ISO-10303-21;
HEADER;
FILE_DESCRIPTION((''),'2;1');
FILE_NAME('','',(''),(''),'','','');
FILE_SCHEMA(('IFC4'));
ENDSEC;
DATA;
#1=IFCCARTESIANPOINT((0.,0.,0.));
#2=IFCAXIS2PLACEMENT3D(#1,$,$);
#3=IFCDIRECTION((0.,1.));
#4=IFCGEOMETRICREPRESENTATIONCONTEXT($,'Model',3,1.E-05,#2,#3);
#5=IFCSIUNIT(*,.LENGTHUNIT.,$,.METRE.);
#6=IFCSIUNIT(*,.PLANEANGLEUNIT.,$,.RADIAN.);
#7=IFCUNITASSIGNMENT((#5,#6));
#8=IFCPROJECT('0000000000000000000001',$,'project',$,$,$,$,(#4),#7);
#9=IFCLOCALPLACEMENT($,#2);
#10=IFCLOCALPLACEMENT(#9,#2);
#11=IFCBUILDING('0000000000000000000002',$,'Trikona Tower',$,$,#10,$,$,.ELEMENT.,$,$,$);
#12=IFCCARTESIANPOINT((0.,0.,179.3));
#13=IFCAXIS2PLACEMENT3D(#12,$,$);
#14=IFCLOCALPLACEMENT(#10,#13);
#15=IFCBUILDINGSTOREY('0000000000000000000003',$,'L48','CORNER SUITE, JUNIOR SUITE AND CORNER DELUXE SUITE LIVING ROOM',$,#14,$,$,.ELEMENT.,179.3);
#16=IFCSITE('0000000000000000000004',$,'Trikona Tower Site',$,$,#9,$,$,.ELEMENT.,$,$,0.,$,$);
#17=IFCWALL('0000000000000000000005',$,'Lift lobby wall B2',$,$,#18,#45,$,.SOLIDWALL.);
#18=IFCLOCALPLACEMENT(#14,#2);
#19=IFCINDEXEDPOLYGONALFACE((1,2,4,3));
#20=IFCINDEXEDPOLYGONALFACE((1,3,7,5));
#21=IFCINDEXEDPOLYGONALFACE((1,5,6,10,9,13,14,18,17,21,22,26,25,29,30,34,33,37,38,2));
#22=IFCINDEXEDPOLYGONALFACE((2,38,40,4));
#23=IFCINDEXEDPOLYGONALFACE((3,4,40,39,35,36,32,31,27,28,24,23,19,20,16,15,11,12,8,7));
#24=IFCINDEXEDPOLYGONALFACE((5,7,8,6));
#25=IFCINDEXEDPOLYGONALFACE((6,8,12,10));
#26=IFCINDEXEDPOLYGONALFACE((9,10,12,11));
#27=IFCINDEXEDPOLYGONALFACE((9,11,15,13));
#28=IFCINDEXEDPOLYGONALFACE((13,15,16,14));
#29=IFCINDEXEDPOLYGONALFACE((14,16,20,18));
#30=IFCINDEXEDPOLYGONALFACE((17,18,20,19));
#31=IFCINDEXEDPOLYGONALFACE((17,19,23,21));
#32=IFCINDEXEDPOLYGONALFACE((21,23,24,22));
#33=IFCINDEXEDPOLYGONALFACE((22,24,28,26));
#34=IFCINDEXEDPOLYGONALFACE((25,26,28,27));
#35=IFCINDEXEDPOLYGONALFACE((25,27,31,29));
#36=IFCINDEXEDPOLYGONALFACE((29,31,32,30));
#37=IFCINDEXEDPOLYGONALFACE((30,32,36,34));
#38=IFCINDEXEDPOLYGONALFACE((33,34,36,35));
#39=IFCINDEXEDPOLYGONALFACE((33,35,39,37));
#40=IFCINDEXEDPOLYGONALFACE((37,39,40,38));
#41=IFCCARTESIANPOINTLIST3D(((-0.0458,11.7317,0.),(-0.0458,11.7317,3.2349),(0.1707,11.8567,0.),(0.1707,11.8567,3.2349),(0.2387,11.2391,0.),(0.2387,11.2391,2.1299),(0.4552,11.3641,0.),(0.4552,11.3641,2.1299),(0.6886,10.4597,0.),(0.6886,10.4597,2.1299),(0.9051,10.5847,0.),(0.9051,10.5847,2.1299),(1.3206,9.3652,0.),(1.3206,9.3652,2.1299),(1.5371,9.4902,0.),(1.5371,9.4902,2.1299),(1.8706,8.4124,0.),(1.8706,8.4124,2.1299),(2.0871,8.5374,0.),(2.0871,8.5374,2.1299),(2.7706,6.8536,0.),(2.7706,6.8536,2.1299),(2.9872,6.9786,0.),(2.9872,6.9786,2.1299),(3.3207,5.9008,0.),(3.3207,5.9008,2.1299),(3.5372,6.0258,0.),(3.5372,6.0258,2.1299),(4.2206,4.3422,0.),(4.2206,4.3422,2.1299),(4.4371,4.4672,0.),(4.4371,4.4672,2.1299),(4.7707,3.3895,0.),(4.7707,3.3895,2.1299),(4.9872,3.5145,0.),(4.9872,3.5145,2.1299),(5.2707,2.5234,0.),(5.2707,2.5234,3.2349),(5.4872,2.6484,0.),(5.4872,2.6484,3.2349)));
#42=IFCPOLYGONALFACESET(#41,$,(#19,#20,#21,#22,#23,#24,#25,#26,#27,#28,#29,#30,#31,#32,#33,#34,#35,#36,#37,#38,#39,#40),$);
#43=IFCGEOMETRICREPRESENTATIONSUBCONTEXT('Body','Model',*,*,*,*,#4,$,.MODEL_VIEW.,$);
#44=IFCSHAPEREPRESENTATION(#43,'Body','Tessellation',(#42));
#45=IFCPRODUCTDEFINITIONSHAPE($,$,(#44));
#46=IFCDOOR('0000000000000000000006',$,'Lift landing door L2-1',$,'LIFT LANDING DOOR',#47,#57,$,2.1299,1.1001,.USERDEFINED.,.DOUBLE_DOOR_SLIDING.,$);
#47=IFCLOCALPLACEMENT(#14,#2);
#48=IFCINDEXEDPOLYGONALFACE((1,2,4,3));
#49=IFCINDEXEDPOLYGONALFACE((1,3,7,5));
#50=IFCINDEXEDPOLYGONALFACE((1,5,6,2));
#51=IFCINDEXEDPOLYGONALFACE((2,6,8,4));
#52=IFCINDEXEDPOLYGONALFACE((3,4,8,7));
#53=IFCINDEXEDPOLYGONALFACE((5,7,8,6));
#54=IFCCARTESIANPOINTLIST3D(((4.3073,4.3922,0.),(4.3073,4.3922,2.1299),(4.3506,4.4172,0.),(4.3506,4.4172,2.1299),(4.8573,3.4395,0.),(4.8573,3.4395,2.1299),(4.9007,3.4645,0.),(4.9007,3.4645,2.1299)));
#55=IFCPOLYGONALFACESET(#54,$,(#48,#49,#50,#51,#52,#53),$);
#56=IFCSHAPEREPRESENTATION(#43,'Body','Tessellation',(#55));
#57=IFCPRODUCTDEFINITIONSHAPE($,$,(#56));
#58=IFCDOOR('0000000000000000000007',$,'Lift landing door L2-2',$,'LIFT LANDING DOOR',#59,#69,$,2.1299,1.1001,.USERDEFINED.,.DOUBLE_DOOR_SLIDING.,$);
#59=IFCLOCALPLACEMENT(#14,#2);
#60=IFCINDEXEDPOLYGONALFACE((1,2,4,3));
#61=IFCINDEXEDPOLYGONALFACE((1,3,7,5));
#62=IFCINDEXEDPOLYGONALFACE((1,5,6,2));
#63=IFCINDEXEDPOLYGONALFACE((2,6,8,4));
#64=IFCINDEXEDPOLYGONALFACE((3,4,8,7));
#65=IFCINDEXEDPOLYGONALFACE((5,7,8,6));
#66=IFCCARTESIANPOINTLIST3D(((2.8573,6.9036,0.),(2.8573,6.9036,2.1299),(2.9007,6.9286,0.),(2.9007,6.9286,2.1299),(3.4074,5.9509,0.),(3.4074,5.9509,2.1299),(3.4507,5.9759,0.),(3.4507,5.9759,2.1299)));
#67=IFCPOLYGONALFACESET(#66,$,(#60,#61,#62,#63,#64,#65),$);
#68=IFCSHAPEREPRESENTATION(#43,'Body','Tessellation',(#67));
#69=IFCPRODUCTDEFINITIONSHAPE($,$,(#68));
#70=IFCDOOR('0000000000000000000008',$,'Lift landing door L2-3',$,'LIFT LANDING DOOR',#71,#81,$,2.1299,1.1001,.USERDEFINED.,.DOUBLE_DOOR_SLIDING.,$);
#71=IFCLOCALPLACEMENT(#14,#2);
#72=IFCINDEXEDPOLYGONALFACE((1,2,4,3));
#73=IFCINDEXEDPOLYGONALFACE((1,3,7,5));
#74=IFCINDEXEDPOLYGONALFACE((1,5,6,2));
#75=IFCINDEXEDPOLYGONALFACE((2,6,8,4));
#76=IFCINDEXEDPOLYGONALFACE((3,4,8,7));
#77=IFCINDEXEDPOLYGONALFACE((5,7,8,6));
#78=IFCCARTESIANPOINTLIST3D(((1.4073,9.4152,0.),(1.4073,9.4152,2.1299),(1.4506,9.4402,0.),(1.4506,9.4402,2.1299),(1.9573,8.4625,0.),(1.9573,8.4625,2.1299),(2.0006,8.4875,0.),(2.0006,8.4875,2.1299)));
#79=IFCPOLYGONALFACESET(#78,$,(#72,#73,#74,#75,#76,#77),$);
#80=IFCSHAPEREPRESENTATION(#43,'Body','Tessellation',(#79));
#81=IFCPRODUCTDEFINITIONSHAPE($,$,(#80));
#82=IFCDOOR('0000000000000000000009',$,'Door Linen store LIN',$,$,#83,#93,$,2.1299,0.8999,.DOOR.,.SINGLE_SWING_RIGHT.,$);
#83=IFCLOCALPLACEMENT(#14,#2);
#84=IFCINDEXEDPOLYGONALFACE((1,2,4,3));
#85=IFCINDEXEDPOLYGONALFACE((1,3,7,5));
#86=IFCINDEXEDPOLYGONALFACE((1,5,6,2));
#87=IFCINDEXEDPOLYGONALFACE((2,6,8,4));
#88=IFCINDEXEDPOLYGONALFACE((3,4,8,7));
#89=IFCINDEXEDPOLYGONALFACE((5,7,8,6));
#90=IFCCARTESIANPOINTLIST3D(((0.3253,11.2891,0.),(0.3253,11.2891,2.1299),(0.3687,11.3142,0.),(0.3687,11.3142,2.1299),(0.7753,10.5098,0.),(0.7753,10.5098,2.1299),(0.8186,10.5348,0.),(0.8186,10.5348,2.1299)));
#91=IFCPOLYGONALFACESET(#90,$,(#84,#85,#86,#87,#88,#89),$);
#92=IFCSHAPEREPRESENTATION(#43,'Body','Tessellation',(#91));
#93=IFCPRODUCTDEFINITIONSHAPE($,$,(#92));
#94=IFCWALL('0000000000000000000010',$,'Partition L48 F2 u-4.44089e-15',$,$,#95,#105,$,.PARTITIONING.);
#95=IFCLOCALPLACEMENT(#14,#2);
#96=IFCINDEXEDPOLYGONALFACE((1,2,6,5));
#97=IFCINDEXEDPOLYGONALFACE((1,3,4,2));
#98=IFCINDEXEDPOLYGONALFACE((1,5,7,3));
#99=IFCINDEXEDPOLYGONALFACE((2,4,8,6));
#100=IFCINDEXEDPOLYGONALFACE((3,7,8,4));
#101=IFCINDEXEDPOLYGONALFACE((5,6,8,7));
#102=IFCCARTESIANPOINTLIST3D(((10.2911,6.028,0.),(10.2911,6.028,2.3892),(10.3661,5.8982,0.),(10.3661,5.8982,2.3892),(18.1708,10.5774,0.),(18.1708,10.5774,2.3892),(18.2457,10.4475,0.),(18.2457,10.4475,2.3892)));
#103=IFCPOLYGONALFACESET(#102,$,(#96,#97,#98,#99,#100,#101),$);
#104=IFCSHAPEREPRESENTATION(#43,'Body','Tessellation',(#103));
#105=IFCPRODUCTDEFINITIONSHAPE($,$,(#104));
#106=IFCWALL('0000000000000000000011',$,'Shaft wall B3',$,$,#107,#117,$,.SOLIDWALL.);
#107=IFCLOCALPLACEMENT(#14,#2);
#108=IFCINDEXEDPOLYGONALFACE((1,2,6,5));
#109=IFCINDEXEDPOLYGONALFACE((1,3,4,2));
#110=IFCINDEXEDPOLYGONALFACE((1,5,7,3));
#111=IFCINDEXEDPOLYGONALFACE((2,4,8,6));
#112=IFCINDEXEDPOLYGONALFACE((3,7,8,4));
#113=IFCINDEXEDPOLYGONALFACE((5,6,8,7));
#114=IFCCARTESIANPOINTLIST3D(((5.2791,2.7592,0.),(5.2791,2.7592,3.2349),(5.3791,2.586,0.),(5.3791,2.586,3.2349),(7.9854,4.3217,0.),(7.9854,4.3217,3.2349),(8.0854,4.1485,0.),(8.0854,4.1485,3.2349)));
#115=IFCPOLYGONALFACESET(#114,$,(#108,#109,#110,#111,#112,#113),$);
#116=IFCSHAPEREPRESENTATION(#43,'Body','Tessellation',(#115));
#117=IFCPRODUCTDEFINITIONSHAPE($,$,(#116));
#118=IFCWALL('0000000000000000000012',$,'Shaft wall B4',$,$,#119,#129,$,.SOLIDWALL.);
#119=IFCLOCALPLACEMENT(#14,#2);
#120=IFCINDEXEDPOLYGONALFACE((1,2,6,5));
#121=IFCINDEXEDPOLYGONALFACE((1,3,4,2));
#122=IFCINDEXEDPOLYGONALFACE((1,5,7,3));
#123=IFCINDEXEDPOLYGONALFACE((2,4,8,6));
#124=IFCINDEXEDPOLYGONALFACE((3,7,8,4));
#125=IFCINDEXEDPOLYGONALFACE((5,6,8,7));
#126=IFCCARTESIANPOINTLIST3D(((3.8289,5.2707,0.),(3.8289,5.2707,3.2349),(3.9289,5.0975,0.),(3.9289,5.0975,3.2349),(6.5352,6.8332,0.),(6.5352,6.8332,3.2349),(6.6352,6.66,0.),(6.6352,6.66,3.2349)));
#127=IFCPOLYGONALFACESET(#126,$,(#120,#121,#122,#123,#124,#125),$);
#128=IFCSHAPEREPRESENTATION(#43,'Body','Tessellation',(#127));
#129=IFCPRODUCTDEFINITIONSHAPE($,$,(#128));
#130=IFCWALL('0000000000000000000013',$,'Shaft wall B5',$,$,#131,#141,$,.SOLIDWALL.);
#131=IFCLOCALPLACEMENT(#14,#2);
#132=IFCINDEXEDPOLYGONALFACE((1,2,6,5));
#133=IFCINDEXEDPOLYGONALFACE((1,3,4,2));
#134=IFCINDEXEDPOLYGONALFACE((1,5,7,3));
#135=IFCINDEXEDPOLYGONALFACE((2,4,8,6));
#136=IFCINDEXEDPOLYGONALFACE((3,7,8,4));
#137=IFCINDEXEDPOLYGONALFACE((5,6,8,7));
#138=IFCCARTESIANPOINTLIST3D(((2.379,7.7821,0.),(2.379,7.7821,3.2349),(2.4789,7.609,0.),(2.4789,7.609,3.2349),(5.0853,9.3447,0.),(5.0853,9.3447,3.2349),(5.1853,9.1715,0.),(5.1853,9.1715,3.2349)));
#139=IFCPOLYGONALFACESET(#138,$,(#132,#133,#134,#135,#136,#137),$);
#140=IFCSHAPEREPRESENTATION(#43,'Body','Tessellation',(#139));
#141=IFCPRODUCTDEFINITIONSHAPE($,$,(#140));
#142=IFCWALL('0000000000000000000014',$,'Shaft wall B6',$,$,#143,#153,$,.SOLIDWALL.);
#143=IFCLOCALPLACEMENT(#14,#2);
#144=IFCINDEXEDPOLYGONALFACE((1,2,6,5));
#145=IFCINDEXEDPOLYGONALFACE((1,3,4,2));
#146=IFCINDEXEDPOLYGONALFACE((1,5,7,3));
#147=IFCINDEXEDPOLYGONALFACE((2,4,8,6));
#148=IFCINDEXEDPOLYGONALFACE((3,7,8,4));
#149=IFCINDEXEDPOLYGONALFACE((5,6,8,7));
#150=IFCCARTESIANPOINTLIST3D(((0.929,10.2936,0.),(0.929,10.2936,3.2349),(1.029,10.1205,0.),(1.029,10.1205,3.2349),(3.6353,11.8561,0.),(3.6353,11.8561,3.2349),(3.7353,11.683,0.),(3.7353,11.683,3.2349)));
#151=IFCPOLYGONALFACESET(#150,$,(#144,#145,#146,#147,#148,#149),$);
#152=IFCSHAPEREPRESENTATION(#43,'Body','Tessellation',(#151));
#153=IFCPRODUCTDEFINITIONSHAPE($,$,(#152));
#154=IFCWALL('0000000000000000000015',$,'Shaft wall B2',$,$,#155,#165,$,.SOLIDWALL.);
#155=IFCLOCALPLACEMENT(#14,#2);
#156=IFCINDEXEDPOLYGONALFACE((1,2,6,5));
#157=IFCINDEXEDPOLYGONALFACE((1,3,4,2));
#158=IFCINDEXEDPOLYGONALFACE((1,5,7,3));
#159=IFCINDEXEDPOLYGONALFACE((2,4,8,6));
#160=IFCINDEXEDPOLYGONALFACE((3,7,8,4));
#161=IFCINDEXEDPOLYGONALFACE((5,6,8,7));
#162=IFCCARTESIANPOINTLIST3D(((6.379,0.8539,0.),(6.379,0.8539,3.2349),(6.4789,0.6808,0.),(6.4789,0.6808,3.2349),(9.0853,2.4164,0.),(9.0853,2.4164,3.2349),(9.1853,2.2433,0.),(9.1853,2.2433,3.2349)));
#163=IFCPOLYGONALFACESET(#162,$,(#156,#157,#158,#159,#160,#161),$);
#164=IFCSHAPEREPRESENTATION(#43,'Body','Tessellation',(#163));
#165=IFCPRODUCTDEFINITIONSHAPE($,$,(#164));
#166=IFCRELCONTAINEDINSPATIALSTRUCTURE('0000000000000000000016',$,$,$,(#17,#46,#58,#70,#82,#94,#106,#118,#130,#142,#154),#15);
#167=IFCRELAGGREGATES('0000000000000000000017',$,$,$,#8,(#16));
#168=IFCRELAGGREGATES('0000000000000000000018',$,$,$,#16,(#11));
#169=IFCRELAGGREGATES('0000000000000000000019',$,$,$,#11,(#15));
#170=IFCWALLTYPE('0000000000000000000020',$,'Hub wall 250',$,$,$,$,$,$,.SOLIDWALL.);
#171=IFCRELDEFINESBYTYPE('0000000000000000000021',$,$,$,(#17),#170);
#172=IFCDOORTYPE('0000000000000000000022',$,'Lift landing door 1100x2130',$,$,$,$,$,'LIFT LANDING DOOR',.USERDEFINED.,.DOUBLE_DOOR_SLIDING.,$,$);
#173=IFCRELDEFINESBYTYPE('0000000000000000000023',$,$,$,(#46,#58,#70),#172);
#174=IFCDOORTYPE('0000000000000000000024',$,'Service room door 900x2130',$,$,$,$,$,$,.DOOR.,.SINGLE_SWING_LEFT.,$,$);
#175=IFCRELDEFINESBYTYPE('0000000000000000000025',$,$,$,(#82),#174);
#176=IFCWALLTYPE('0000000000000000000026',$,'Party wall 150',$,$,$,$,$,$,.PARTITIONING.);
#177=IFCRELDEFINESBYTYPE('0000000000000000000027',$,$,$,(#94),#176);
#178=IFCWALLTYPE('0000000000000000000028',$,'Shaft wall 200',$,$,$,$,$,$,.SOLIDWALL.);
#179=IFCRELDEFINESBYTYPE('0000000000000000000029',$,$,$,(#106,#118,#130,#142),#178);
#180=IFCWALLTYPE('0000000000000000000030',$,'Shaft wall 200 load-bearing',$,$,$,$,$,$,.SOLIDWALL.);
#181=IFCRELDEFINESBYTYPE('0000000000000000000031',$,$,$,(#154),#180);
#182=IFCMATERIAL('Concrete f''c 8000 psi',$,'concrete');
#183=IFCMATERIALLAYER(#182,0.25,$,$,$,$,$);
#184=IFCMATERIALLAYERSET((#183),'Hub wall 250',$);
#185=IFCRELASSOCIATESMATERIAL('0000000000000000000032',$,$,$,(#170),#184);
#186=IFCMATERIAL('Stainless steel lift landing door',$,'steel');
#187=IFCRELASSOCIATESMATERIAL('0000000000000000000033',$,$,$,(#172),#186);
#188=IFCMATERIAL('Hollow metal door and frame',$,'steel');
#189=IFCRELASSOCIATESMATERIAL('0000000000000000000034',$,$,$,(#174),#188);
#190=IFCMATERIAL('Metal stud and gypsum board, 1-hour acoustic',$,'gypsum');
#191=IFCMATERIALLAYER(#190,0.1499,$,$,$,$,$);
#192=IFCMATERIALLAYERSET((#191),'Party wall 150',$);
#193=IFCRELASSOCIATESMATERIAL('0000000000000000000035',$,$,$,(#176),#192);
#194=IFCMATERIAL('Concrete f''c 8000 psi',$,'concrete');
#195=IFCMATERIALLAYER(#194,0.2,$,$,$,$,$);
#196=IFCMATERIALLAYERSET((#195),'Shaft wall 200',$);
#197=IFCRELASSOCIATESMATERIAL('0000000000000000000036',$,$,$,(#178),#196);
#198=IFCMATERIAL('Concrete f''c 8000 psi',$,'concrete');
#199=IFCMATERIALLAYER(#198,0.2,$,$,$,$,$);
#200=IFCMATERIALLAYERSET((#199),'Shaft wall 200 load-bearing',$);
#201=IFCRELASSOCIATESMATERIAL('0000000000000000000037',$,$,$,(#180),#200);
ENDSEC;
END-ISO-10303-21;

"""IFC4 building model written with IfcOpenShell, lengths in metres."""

from ifc_helpers import new_model, si_unit, direction, frame, frame_2d, origin, place, context, subcontext, project, spatial, rectangle, extrude, material, layer, layer_set, type_object, element, fill, save


model = new_model("IFC4")

# Units and contexts
model_context = context("Model", 3, precision=1e-05, world=origin(), true_north=direction((0.0, 1.0)))
body_context = subcontext(model_context, "Body", "Model", "MODEL_VIEW")
ifc_project = project(units=[si_unit("LENGTHUNIT", "METRE"), si_unit("PLANEANGLEUNIT", "RADIAN")], contexts=[model_context])

# Site, building, storey
site_placement = place(None, origin())
site = spatial("IfcSite", under=ifc_project, at=site_placement, Name="Trikona Tower Site", CompositionType="ELEMENT", RefElevation=0.0)
building_placement = place(site_placement, origin())
building = spatial("IfcBuilding", under=site, at=building_placement, Name="Trikona Tower", CompositionType="ELEMENT")
storey_placement = place(building_placement, frame((0.0, 0.0, 179.3)))
storey = spatial("IfcBuildingStorey", under=building, at=storey_placement, Name="L48", Description="CORNER SUITE, JUNIOR SUITE AND CORNER DELUXE SUITE LIVING ROOM", CompositionType="ELEMENT", Elevation=179.3)

# Wall, openings, doors
ifc_material_1 = material(Name="Concrete f'c 8000 psi", Category="concrete")
ifc_layer_1 = layer(ifc_material_1, 0.25)
ifc_layer_set_1 = layer_set([ifc_layer_1], Name="Hub wall 250")
wall_type_1 = type_object("IfcWallType", Name="Hub wall 250", PredefinedType="SOLIDWALL", material=ifc_layer_set_1)
wall_1_placement = place(storey_placement, frame((5.3789, 2.5859, 0.0), z_axis=(0.0, 0.0, 1.0), x_axis=(-0.500001, 0.866025, 0.0)))
wall_1 = element("IfcWall", 1, at=wall_1_placement, inside=storey, type_object=wall_type_1, Name="Lift lobby wall B2", PredefinedType="SOLIDWALL", context=body_context, shape_type="SweptSolid", body=[
    extrude(rectangle(XDim=10.6328, YDim=0.25, at=frame_2d((5.3164, 0.0))), origin(), (0.0, 0.0, 1.0), 3.2349),
])
opening_1_placement = place(wall_1_placement, frame((9.1641, 0.0, 0.0)))
opening_1 = element("IfcOpeningElement", 2, at=opening_1_placement, cuts=wall_1, PredefinedType="OPENING", context=body_context, shape_type="SweptSolid", body=[
    extrude(rectangle(XDim=0.8999, YDim=2.1299, at=frame_2d((0.45, 1.0649))), frame((0.0, 0.135, 0.0), z_axis=(0.0, -1.0, 0.0), x_axis=(1.0, 0.0, 0.0)), (0.0, 0.0, 1.0), 0.27),
])
opening_2_placement = place(wall_1_placement, frame((1.0, 0.0, 0.0)))
opening_2 = element("IfcOpeningElement", 3, at=opening_2_placement, cuts=wall_1, PredefinedType="OPENING", context=body_context, shape_type="SweptSolid", body=[
    extrude(rectangle(XDim=1.1001, YDim=2.1299, at=frame_2d((0.55, 1.0649))), frame((0.0, 0.135, 0.0), z_axis=(0.0, -1.0, 0.0), x_axis=(1.0, 0.0, 0.0)), (0.0, 0.0, 1.0), 0.27),
])
opening_3_placement = place(wall_1_placement, frame((3.8999, 0.0, 0.0)))
opening_3 = element("IfcOpeningElement", 4, at=opening_3_placement, cuts=wall_1, PredefinedType="OPENING", context=body_context, shape_type="SweptSolid", body=[
    extrude(rectangle(XDim=1.1001, YDim=2.1299, at=frame_2d((0.55, 1.0649))), frame((0.0, 0.135, 0.0), z_axis=(0.0, -1.0, 0.0), x_axis=(1.0, 0.0, 0.0)), (0.0, 0.0, 1.0), 0.27),
])
opening_4_placement = place(wall_1_placement, frame((6.8, 0.0, 0.0)))
opening_4 = element("IfcOpeningElement", 5, at=opening_4_placement, cuts=wall_1, PredefinedType="OPENING", context=body_context, shape_type="SweptSolid", body=[
    extrude(rectangle(XDim=1.1001, YDim=2.1299, at=frame_2d((0.55, 1.0649))), frame((0.0, 0.135, 0.0), z_axis=(0.0, -1.0, 0.0), x_axis=(1.0, 0.0, 0.0)), (0.0, 0.0, 1.0), 0.27),
])
ifc_material_2 = material(Name="Stainless steel lift landing door", Category="steel")
door_type_1 = type_object("IfcDoorType", Name="Lift landing door 1100x2130", ElementType="LIFT LANDING DOOR", OperationType="DOUBLE_DOOR_SLIDING", PredefinedType="USERDEFINED", material=ifc_material_2)
door_1_placement = place(opening_2_placement, origin())
door_1 = element("IfcDoor", 6, at=door_1_placement, inside=storey, type_object=door_type_1, Name="Lift landing door L2-1", ObjectType="LIFT LANDING DOOR", OperationType="DOUBLE_DOOR_SLIDING", OverallHeight=2.1299, OverallWidth=1.1001, PredefinedType="USERDEFINED", context=body_context, shape_type="SweptSolid", body=[
    extrude(rectangle(XDim=1.1001, YDim=2.1299, at=frame_2d((0.55, 1.0649))), frame((0.0, 0.0249, 0.0), z_axis=(0.0, -1.0, 0.0), x_axis=(1.0, 0.0, 0.0)), (0.0, 0.0, 1.0), 0.05),
])
fill(opening_2, door_1)
door_2_placement = place(opening_3_placement, origin())
door_2 = element("IfcDoor", 7, at=door_2_placement, inside=storey, type_object=door_type_1, Name="Lift landing door L2-2", ObjectType="LIFT LANDING DOOR", OperationType="DOUBLE_DOOR_SLIDING", OverallHeight=2.1299, OverallWidth=1.1001, PredefinedType="USERDEFINED", context=body_context, shape_type="SweptSolid", body=[
    extrude(rectangle(XDim=1.1001, YDim=2.1299, at=frame_2d((0.55, 1.0649))), frame((0.0, 0.0249, 0.0), z_axis=(0.0, -1.0, 0.0), x_axis=(1.0, 0.0, 0.0)), (0.0, 0.0, 1.0), 0.05),
])
fill(opening_3, door_2)
door_3_placement = place(opening_4_placement, origin())
door_3 = element("IfcDoor", 8, at=door_3_placement, inside=storey, type_object=door_type_1, Name="Lift landing door L2-3", ObjectType="LIFT LANDING DOOR", OperationType="DOUBLE_DOOR_SLIDING", OverallHeight=2.1299, OverallWidth=1.1001, PredefinedType="USERDEFINED", context=body_context, shape_type="SweptSolid", body=[
    extrude(rectangle(XDim=1.1001, YDim=2.1299, at=frame_2d((0.55, 1.0649))), frame((0.0, 0.0249, 0.0), z_axis=(0.0, -1.0, 0.0), x_axis=(1.0, 0.0, 0.0)), (0.0, 0.0, 1.0), 0.05),
])
fill(opening_4, door_3)
ifc_material_3 = material(Name="Hollow metal door and frame", Category="steel")
door_type_2 = type_object("IfcDoorType", Name="Service room door 900x2130", OperationType="SINGLE_SWING_LEFT", PredefinedType="DOOR", material=ifc_material_3)
door_4_placement = place(opening_1_placement, origin())
door_4 = element("IfcDoor", 9, at=door_4_placement, inside=storey, type_object=door_type_2, Name="Door Linen store LIN", OperationType="SINGLE_SWING_RIGHT", OverallHeight=2.1299, OverallWidth=0.8999, PredefinedType="DOOR", context=body_context, shape_type="SweptSolid", body=[
    extrude(rectangle(XDim=0.8999, YDim=2.1299, at=frame_2d((0.45, 1.0649))), frame((0.0, 0.0249, 0.0), z_axis=(0.0, -1.0, 0.0), x_axis=(1.0, 0.0, 0.0)), (0.0, 0.0, 1.0), 0.05),
])
fill(opening_1, door_4)

# Walls
ifc_material_4 = material(Name="Metal stud and gypsum board, 1-hour acoustic", Category="gypsum")
ifc_layer_2 = layer(ifc_material_4, 0.1499)
ifc_layer_set_2 = layer_set([ifc_layer_2], Name="Party wall 150")
wall_type_2 = type_object("IfcWallType", Name="Party wall 150", PredefinedType="PARTITIONING", material=ifc_layer_set_2)
wall_2_placement = place(storey_placement, frame((10.3286, 5.9631, 0.0), z_axis=(0.0, 0.0, 1.0), x_axis=(0.866025, 0.5, 0.0)))
element("IfcWall", 10, at=wall_2_placement, inside=storey, type_object=wall_type_2, Name="Partition L48 F2 u-4.44089e-15", PredefinedType="PARTITIONING", context=body_context, shape_type="SweptSolid", body=[
    extrude(rectangle(XDim=9.0986, YDim=0.1499, at=frame_2d((4.5493, 0.0))), origin(), (0.0, 0.0, 1.0), 2.3892),
])
ifc_material_5 = material(Name="Concrete f'c 8000 psi", Category="concrete")
ifc_layer_3 = layer(ifc_material_5, 0.2)
ifc_layer_set_3 = layer_set([ifc_layer_3], Name="Shaft wall 200")
wall_type_3 = type_object("IfcWallType", Name="Shaft wall 200", PredefinedType="SOLIDWALL", material=ifc_layer_set_3)
for number, where, z_axis, x_axis, name in (
    (11, (5.3291, 2.6726, 0.0), (0.0, 0.0, 1.0), (0.866023, 0.500004, 0.0), "Shaft wall B3"),
    (12, (3.8789, 5.1841, 0.0), (0.0, 0.0, 1.0), (0.866023, 0.500004, 0.0), "Shaft wall B4"),
    (13, (2.429, 7.6956, 0.0), (0.0, 0.0, 1.0), (0.866023, 0.500004, 0.0), "Shaft wall B5"),
    (14, (0.979, 10.207, 0.0), (0.0, 0.0, 1.0), (0.866023, 0.500004, 0.0), "Shaft wall B6"),
):
    element("IfcWall", number, at=place(storey_placement, frame(where, z_axis=z_axis, x_axis=x_axis)), inside=storey, type_object=wall_type_3, Name=name, PredefinedType="SOLIDWALL", context=body_context, shape_type="SweptSolid", body=[
        extrude(rectangle(XDim=3.125, YDim=0.2, at=frame_2d((1.5625, 0.0))), origin(), (0.0, 0.0, 1.0), 3.2349),
    ])
ifc_material_6 = material(Name="Concrete f'c 8000 psi", Category="concrete")
ifc_layer_4 = layer(ifc_material_6, 0.2)
ifc_layer_set_4 = layer_set([ifc_layer_4], Name="Shaft wall 200 load-bearing")
wall_type_4 = type_object("IfcWallType", Name="Shaft wall 200 load-bearing", PredefinedType="SOLIDWALL", material=ifc_layer_set_4)
wall_3_placement = place(storey_placement, frame((6.429, 0.7673, 0.0), z_axis=(0.0, 0.0, 1.0), x_axis=(0.866023, 0.500004, 0.0)))
element("IfcWall", 15, at=wall_3_placement, inside=storey, type_object=wall_type_4, Name="Shaft wall B2", PredefinedType="SOLIDWALL", context=body_context, shape_type="SweptSolid", body=[
    extrude(rectangle(XDim=3.125, YDim=0.2, at=frame_2d((1.5625, 0.0))), origin(), (0.0, 0.0, 1.0), 3.2349),
])

save(model, "model.ifc")
